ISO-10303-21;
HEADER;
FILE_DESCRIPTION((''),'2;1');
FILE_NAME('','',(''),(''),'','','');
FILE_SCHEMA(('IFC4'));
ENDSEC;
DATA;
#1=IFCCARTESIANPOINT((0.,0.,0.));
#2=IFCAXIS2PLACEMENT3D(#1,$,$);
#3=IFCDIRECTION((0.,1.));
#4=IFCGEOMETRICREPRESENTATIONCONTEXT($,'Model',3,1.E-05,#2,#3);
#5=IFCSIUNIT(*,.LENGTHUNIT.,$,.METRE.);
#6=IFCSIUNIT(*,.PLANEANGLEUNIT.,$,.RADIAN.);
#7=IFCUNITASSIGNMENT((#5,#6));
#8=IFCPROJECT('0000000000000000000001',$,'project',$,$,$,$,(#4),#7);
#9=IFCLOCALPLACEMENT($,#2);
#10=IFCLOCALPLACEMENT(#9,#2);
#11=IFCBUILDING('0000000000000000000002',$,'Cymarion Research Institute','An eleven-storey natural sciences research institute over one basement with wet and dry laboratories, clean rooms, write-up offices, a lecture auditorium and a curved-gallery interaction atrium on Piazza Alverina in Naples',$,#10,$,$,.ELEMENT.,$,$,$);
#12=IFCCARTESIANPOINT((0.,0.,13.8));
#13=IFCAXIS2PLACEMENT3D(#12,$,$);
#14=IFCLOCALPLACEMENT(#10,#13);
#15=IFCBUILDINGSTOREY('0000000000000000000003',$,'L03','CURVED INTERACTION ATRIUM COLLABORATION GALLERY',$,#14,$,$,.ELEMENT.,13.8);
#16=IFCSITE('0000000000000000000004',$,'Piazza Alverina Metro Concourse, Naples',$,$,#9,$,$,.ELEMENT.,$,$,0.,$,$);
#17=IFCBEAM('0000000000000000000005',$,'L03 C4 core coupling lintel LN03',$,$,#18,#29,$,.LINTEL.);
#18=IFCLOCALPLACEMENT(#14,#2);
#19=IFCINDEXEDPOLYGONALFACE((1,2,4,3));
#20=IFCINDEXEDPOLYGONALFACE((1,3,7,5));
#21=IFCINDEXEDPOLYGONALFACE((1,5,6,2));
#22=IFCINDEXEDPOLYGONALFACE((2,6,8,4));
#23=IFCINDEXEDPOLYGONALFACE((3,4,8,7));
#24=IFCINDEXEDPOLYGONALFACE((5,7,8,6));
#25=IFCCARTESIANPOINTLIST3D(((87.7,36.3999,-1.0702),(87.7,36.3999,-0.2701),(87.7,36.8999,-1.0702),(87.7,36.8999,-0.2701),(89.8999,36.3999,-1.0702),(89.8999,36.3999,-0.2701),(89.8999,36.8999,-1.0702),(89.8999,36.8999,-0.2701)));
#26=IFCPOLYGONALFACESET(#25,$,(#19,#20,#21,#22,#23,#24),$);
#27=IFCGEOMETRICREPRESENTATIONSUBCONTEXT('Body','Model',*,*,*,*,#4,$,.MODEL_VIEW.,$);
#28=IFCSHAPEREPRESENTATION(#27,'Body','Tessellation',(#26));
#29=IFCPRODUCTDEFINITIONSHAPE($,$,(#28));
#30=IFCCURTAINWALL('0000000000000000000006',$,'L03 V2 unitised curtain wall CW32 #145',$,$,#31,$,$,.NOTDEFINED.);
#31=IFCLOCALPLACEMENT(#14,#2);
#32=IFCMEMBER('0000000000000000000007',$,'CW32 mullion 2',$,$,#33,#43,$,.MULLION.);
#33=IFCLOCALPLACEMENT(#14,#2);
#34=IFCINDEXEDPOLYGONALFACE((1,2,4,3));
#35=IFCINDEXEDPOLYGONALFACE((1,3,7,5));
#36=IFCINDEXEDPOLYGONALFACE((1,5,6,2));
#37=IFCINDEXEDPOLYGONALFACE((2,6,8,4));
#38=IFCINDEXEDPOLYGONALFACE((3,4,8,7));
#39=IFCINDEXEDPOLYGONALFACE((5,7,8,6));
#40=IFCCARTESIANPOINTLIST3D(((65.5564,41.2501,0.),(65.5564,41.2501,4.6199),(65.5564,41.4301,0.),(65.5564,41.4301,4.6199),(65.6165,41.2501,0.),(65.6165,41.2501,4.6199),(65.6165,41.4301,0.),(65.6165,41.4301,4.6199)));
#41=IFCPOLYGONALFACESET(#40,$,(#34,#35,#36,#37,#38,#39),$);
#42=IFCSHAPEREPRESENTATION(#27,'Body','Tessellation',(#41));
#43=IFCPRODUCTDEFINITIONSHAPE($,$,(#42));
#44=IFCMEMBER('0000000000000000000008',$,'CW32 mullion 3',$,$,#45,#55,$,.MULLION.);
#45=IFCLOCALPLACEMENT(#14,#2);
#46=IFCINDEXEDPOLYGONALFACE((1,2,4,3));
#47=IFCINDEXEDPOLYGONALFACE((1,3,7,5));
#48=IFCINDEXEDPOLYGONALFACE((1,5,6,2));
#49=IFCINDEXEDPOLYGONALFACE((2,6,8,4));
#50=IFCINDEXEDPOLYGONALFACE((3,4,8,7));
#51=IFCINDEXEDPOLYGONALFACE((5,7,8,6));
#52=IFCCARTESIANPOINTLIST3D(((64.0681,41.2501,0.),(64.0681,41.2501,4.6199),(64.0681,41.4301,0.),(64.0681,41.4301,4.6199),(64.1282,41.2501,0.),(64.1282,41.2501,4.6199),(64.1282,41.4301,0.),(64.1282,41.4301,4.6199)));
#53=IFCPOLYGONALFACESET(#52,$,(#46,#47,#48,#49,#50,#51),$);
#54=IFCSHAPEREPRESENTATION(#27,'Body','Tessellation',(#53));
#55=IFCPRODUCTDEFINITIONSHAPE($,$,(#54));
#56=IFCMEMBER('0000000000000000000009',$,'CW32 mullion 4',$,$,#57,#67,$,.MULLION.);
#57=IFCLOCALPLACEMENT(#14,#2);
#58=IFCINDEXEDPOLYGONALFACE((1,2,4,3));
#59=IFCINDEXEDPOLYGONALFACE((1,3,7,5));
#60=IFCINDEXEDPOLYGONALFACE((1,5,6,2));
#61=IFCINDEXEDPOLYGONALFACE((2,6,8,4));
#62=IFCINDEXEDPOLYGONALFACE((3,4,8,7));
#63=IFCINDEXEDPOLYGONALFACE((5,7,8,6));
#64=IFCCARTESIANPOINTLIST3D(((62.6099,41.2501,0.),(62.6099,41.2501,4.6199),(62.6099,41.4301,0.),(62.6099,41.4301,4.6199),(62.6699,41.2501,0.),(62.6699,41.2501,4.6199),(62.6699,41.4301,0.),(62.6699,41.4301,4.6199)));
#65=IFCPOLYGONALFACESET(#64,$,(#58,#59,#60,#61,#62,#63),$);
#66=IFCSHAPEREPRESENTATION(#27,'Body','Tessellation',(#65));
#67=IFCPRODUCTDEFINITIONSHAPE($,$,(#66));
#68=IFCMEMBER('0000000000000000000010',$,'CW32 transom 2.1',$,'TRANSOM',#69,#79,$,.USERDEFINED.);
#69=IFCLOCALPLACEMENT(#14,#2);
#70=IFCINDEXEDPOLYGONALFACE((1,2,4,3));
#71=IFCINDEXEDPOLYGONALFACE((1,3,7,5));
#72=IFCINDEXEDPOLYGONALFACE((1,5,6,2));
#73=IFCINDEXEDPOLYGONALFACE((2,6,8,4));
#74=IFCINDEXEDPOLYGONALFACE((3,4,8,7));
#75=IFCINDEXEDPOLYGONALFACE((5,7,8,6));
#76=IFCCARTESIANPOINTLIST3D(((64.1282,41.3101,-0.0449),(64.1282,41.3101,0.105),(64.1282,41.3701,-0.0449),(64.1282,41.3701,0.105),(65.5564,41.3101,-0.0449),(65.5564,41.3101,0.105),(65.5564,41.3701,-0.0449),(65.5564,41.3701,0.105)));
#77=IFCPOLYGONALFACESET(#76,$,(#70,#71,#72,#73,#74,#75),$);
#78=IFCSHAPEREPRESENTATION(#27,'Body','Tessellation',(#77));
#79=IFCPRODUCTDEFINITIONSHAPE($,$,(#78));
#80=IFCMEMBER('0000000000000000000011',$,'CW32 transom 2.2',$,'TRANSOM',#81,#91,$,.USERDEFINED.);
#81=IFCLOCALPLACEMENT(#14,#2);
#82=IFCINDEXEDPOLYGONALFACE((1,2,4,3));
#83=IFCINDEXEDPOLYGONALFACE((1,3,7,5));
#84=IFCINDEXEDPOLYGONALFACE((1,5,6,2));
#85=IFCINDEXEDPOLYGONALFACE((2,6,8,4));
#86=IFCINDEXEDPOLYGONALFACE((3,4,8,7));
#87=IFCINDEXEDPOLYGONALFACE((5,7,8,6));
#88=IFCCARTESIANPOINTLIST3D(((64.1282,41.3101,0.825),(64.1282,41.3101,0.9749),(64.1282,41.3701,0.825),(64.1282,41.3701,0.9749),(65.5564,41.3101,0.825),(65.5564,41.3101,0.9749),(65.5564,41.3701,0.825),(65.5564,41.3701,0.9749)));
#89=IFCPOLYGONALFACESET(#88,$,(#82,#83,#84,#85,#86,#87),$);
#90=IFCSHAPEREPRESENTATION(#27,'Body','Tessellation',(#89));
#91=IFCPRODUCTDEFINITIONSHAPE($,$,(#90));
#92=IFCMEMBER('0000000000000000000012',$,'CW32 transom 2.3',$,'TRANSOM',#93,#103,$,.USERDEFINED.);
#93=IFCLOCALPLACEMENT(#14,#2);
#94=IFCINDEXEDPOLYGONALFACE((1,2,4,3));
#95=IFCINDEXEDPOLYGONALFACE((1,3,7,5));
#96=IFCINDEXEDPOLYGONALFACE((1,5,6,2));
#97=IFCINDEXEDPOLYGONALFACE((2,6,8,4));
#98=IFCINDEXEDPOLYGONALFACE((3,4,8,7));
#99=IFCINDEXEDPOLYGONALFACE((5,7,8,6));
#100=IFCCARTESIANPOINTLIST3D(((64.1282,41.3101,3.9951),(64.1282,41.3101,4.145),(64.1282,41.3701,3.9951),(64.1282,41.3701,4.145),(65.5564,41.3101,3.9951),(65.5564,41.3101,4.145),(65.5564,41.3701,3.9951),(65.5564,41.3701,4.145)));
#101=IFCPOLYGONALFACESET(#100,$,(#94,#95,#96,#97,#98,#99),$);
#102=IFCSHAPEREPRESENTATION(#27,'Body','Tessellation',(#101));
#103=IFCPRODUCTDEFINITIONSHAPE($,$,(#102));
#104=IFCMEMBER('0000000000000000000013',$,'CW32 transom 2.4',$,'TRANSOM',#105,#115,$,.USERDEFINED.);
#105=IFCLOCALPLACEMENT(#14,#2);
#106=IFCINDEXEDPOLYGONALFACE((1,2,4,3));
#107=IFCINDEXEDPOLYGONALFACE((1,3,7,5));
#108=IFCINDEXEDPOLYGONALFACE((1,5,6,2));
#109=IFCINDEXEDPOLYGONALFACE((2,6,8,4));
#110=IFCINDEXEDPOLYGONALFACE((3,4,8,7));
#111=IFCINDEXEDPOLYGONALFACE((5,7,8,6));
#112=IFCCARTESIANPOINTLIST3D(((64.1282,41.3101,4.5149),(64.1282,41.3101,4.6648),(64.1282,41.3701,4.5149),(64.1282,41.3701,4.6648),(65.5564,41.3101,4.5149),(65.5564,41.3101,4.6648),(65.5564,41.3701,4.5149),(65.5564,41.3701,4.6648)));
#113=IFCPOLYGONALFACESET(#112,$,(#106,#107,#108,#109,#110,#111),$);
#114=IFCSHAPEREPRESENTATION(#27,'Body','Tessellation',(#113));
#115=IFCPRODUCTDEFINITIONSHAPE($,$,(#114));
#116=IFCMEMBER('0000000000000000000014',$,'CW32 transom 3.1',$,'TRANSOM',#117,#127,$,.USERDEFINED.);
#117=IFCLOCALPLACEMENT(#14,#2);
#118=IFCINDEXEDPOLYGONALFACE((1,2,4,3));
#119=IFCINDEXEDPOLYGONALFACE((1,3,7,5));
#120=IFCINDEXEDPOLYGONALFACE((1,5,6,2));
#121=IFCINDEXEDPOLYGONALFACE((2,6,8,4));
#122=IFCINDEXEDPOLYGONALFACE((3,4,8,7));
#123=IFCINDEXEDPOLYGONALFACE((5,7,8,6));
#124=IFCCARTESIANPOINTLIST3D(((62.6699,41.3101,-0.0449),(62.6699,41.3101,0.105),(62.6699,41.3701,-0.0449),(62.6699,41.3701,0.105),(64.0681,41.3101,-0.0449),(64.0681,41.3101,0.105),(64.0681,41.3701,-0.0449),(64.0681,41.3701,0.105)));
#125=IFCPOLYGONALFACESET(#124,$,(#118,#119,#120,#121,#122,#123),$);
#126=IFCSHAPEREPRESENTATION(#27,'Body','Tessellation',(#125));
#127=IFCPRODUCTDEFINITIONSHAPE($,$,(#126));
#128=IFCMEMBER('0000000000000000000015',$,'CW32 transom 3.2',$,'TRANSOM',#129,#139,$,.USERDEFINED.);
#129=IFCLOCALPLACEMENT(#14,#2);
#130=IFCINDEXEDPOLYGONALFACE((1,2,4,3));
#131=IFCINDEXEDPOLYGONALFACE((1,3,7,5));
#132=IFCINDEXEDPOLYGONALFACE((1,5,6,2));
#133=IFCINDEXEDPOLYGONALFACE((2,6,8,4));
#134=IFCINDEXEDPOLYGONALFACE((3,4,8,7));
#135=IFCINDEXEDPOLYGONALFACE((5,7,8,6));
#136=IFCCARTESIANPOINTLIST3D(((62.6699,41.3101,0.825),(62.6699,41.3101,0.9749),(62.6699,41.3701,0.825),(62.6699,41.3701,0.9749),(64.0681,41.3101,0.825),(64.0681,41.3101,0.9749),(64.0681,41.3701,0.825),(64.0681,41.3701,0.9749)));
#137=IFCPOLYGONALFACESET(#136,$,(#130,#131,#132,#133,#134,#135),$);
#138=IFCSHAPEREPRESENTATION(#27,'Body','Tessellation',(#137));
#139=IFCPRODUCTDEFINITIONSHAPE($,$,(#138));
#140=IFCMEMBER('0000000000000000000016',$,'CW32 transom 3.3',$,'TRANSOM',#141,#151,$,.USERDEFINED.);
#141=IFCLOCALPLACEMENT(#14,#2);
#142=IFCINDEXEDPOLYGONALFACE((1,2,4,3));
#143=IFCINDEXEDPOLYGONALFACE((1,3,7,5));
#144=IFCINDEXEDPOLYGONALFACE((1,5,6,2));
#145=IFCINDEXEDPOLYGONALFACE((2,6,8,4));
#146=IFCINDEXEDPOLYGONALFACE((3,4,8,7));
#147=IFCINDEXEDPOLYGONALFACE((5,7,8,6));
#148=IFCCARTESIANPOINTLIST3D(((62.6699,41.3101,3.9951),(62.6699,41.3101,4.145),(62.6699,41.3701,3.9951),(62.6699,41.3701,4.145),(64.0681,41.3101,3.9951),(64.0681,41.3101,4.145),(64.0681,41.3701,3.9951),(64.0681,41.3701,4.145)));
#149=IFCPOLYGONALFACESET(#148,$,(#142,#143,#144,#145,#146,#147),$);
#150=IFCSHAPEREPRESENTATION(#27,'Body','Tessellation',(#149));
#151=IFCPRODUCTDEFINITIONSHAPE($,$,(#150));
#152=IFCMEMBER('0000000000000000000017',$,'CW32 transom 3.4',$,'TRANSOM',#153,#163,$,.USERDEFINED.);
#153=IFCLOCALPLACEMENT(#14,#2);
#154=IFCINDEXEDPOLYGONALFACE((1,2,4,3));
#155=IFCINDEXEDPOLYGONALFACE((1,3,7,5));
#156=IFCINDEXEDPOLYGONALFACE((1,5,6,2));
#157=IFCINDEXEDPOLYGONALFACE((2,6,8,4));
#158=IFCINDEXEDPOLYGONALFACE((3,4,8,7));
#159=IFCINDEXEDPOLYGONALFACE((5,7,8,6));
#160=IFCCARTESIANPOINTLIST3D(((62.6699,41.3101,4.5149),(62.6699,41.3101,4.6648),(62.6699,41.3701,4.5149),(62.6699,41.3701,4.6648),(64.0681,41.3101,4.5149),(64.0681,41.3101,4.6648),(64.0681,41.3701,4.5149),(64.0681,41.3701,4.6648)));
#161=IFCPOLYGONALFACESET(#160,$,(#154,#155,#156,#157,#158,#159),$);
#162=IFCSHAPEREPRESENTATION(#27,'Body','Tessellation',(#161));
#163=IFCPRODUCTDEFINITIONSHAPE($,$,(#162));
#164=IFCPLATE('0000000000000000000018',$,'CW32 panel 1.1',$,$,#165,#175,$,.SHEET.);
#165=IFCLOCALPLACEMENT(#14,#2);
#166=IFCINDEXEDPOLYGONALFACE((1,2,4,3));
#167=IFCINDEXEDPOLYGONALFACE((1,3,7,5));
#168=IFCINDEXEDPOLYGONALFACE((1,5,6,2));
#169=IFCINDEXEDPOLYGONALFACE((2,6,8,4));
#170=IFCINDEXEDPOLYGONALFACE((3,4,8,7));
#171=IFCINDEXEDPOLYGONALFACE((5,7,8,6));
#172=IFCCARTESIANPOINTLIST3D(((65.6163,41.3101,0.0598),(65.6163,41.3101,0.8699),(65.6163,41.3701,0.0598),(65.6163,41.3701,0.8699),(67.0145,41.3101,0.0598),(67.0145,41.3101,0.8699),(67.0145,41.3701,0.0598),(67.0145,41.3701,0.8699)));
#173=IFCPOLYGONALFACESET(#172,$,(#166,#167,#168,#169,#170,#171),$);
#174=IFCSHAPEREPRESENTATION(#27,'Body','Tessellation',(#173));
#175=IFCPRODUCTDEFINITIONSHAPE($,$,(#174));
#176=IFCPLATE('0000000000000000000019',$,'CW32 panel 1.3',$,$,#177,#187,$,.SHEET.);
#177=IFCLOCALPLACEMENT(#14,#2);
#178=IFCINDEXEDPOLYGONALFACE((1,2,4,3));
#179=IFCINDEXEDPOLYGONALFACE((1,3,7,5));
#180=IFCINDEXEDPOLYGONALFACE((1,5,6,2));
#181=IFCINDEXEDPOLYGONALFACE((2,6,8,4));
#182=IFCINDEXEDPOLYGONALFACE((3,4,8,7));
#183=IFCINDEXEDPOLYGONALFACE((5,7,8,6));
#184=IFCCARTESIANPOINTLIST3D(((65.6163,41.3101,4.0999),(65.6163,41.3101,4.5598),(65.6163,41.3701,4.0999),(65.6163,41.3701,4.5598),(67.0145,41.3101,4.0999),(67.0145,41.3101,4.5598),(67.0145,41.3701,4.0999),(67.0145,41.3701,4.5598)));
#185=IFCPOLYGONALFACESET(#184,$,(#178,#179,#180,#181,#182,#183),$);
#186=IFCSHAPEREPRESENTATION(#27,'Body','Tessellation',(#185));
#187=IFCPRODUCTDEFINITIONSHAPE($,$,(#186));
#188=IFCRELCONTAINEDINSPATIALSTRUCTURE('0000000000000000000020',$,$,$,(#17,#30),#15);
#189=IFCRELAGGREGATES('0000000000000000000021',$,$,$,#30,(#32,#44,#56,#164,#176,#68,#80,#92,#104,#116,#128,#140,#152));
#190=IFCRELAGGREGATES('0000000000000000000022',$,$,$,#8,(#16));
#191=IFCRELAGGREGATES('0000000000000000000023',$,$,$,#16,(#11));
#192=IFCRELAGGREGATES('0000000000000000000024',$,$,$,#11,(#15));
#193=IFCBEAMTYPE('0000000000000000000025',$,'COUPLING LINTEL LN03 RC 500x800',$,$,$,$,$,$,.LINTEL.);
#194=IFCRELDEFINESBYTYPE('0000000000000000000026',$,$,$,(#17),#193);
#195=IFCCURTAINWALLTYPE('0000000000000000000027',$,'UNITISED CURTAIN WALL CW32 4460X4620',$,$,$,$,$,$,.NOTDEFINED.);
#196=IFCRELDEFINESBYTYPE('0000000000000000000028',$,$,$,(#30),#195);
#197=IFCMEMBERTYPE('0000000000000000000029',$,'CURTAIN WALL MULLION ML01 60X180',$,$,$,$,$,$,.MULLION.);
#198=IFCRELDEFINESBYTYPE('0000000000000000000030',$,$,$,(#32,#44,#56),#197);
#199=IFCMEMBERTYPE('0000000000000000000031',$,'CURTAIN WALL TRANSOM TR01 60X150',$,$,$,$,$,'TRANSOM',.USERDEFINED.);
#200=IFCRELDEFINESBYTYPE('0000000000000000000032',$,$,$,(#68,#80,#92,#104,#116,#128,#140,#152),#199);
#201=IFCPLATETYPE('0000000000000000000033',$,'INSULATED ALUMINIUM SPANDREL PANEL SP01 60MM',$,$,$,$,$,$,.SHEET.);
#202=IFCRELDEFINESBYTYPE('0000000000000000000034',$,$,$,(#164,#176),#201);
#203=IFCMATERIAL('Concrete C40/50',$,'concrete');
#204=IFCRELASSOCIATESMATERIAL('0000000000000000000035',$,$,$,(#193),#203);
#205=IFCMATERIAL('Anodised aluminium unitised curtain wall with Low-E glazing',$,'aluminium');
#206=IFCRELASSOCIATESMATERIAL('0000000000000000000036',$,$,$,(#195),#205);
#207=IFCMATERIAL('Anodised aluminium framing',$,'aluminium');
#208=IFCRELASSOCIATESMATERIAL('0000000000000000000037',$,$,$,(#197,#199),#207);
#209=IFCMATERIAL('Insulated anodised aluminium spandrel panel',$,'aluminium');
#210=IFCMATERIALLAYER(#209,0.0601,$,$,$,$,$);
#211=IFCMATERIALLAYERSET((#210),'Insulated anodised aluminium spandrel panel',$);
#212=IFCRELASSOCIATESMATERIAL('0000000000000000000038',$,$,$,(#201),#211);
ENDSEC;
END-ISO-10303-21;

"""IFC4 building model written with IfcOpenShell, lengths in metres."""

from ifc_helpers import new_model, si_unit, direction, frame, origin, origin_2d, place, context, subcontext, project, spatial, rectangle, extrude, material, layer, layer_set, material_profile, profile_set, type_object, element, aggregate, save


model = new_model("IFC4")

# Units and contexts
model_context = context("Model", 3, precision=1e-05, world=origin(), true_north=direction((0.0, 1.0)))
body_context = subcontext(model_context, "Body", "Model", "MODEL_VIEW")
ifc_project = project(units=[si_unit("LENGTHUNIT", "METRE"), si_unit("PLANEANGLEUNIT", "RADIAN")], contexts=[model_context])

# Site, building, storey
site_placement = place(None, origin())
site = spatial("IfcSite", under=ifc_project, at=site_placement, Name="Piazza Alverina Metro Concourse, Naples", CompositionType="ELEMENT", RefElevation=0.0)
building_placement = place(site_placement, origin())
building = spatial("IfcBuilding", under=site, at=building_placement, Name="Cymarion Research Institute", Description="An eleven-storey natural sciences research institute over one basement with wet and dry laboratories, clean rooms, write-up offices, a lecture auditorium and a curved-gallery interaction atrium on Piazza Alverina in Naples", CompositionType="ELEMENT")
storey_placement = place(building_placement, frame((0.0, 0.0, 13.8)))
storey = spatial("IfcBuildingStorey", under=building, at=storey_placement, Name="L03", Description="CURVED INTERACTION ATRIUM COLLABORATION GALLERY", CompositionType="ELEMENT", Elevation=13.8)

# Beam
ifc_material_1 = material(Name="Concrete C40/50", Category="concrete")
ifc_material_profile_1 = material_profile(ifc_material_1, rectangle(XDim=0.5, YDim=0.8, at=origin_2d()), Name="RC 500x800")
ifc_profile_set_1 = profile_set([ifc_material_profile_1], Name="Concrete C40/50")
beam_type = type_object("IfcBeamType", Name="COUPLING LINTEL LN03 RC 500x800", PredefinedType="LINTEL", material=ifc_profile_set_1)
beam_placement = place(storey_placement, frame((87.7, 36.6499, -0.6702), z_axis=(1.0, 0.0, 0.0), x_axis=(0.0, 1.0, 0.0)))
element("IfcBeam", 1, at=beam_placement, inside=storey, type_object=beam_type, Name="L03 C4 core coupling lintel LN03", PredefinedType="LINTEL", context=body_context, shape_type="SweptSolid", body=[
    extrude(rectangle(XDim=0.5, YDim=0.8, at=origin_2d()), origin(), (0.0, 0.0, 1.0), 2.2),
])

# Curtain wall, members, plates
ifc_material_2 = material(Name="Anodised aluminium unitised curtain wall with Low-E glazing", Category="aluminium")
curtain_wall_type = type_object("IfcCurtainWallType", Name="UNITISED CURTAIN WALL CW32 4460X4620", PredefinedType="NOTDEFINED", material=ifc_material_2)
curtain_wall_placement = place(storey_placement, origin())
curtain_wall = element("IfcCurtainWall", 2, at=curtain_wall_placement, inside=storey, type_object=curtain_wall_type, Name="L03 V2 unitised curtain wall CW32 #145", PredefinedType="NOTDEFINED")
ifc_material_3 = material(Name="Anodised aluminium framing", Category="aluminium")
ifc_material_profile_2 = material_profile(ifc_material_3, rectangle(XDim=0.0601, YDim=0.1799, at=origin_2d()), Name="ALU MULLION 60x180")
ifc_profile_set_2 = profile_set([ifc_material_profile_2], Name="Anodised aluminium framing")
member_type_1 = type_object("IfcMemberType", Name="CURTAIN WALL MULLION ML01 60X180", PredefinedType="MULLION", material=ifc_profile_set_2)
member_1_placement = place(storey_placement, frame((65.5864, 41.3401, 0.0), z_axis=(0.0, 0.0, 1.0), x_axis=(-1.0, 0.0, 0.0)))
member_1 = element("IfcMember", 3, at=member_1_placement, type_object=member_type_1, Name="CW32 mullion 2", PredefinedType="MULLION", context=body_context, shape_type="SweptSolid", body=[
    extrude(rectangle(XDim=0.0601, YDim=0.1799, at=origin_2d()), origin(), (0.0, 0.0, 1.0), 4.6199),
])
member_2_placement = place(storey_placement, frame((64.0981, 41.3401, 0.0), z_axis=(0.0, 0.0, 1.0), x_axis=(-1.0, 0.0, 0.0)))
member_2 = element("IfcMember", 4, at=member_2_placement, type_object=member_type_1, Name="CW32 mullion 3", PredefinedType="MULLION", context=body_context, shape_type="SweptSolid", body=[
    extrude(rectangle(XDim=0.0601, YDim=0.1799, at=origin_2d()), origin(), (0.0, 0.0, 1.0), 4.6199),
])
member_3_placement = place(storey_placement, frame((62.6399, 41.3401, 0.0), z_axis=(0.0, 0.0, 1.0), x_axis=(-1.0, 0.0, 0.0)))
member_3 = element("IfcMember", 5, at=member_3_placement, type_object=member_type_1, Name="CW32 mullion 4", PredefinedType="MULLION", context=body_context, shape_type="SweptSolid", body=[
    extrude(rectangle(XDim=0.0601, YDim=0.1799, at=origin_2d()), origin(), (0.0, 0.0, 1.0), 4.6199),
])
ifc_material_profile_3 = material_profile(ifc_material_3, rectangle(XDim=0.0601, YDim=0.1499, at=origin_2d()), Name="ALU TRANSOM 60x150")
ifc_profile_set_3 = profile_set([ifc_material_profile_3], Name="Anodised aluminium framing")
member_type_2 = type_object("IfcMemberType", Name="CURTAIN WALL TRANSOM TR01 60X150", ElementType="TRANSOM", PredefinedType="USERDEFINED", material=ifc_profile_set_3)
member_4_placement = place(storey_placement, frame((65.5564, 41.3401, 0.03), z_axis=(-1.0, 0.0, 0.0), x_axis=(0.0, -1.0, 0.0)))
member_4 = element("IfcMember", 6, at=member_4_placement, type_object=member_type_2, Name="CW32 transom 2.1", ObjectType="TRANSOM", PredefinedType="USERDEFINED", context=body_context, shape_type="SweptSolid", body=[
    extrude(rectangle(XDim=0.0601, YDim=0.1499, at=origin_2d()), origin(), (0.0, 0.0, 1.0), 1.4282),
])
member_5_placement = place(storey_placement, frame((65.5564, 41.3401, 0.8999), z_axis=(-1.0, 0.0, 0.0), x_axis=(0.0, -1.0, 0.0)))
member_5 = element("IfcMember", 7, at=member_5_placement, type_object=member_type_2, Name="CW32 transom 2.2", ObjectType="TRANSOM", PredefinedType="USERDEFINED", context=body_context, shape_type="SweptSolid", body=[
    extrude(rectangle(XDim=0.0601, YDim=0.1499, at=origin_2d()), origin(), (0.0, 0.0, 1.0), 1.4282),
])
member_6_placement = place(storey_placement, frame((65.5564, 41.3401, 4.0701), z_axis=(-1.0, 0.0, 0.0), x_axis=(0.0, -1.0, 0.0)))
member_6 = element("IfcMember", 8, at=member_6_placement, type_object=member_type_2, Name="CW32 transom 2.3", ObjectType="TRANSOM", PredefinedType="USERDEFINED", context=body_context, shape_type="SweptSolid", body=[
    extrude(rectangle(XDim=0.0601, YDim=0.1499, at=origin_2d()), origin(), (0.0, 0.0, 1.0), 1.4282),
])
member_7_placement = place(storey_placement, frame((65.5564, 41.3401, 4.5898), z_axis=(-1.0, 0.0, 0.0), x_axis=(0.0, -1.0, 0.0)))
member_7 = element("IfcMember", 9, at=member_7_placement, type_object=member_type_2, Name="CW32 transom 2.4", ObjectType="TRANSOM", PredefinedType="USERDEFINED", context=body_context, shape_type="SweptSolid", body=[
    extrude(rectangle(XDim=0.0601, YDim=0.1499, at=origin_2d()), origin(), (0.0, 0.0, 1.0), 1.4282),
])
member_8_placement = place(storey_placement, frame((64.0681, 41.3401, 0.03), z_axis=(-1.0, 0.0, 0.0), x_axis=(0.0, -1.0, 0.0)))
member_8 = element("IfcMember", 10, at=member_8_placement, type_object=member_type_2, Name="CW32 transom 3.1", ObjectType="TRANSOM", PredefinedType="USERDEFINED", context=body_context, shape_type="SweptSolid", body=[
    extrude(rectangle(XDim=0.0601, YDim=0.1499, at=origin_2d()), origin(), (0.0, 0.0, 1.0), 1.3982),
])
member_9_placement = place(storey_placement, frame((64.0681, 41.3401, 0.8999), z_axis=(-1.0, 0.0, 0.0), x_axis=(0.0, -1.0, 0.0)))
member_9 = element("IfcMember", 11, at=member_9_placement, type_object=member_type_2, Name="CW32 transom 3.2", ObjectType="TRANSOM", PredefinedType="USERDEFINED", context=body_context, shape_type="SweptSolid", body=[
    extrude(rectangle(XDim=0.0601, YDim=0.1499, at=origin_2d()), origin(), (0.0, 0.0, 1.0), 1.3982),
])
member_10_placement = place(storey_placement, frame((64.0681, 41.3401, 4.0701), z_axis=(-1.0, 0.0, 0.0), x_axis=(0.0, -1.0, 0.0)))
member_10 = element("IfcMember", 12, at=member_10_placement, type_object=member_type_2, Name="CW32 transom 3.3", ObjectType="TRANSOM", PredefinedType="USERDEFINED", context=body_context, shape_type="SweptSolid", body=[
    extrude(rectangle(XDim=0.0601, YDim=0.1499, at=origin_2d()), origin(), (0.0, 0.0, 1.0), 1.3982),
])
member_11_placement = place(storey_placement, frame((64.0681, 41.3401, 4.5898), z_axis=(-1.0, 0.0, 0.0), x_axis=(0.0, -1.0, 0.0)))
member_11 = element("IfcMember", 13, at=member_11_placement, type_object=member_type_2, Name="CW32 transom 3.4", ObjectType="TRANSOM", PredefinedType="USERDEFINED", context=body_context, shape_type="SweptSolid", body=[
    extrude(rectangle(XDim=0.0601, YDim=0.1499, at=origin_2d()), origin(), (0.0, 0.0, 1.0), 1.3982),
])
ifc_material_4 = material(Name="Insulated anodised aluminium spandrel panel", Category="aluminium")
ifc_layer_1 = layer(ifc_material_4, 0.0601)
ifc_layer_set_1 = layer_set([ifc_layer_1], Name="Insulated anodised aluminium spandrel panel")
plate_type_1 = type_object("IfcPlateType", Name="INSULATED ALUMINIUM SPANDREL PANEL SP01 60MM", PredefinedType="SHEET", material=ifc_layer_set_1)
plate_1_placement = place(storey_placement, frame((66.3154, 41.3401, 0.0598), z_axis=(0.0, 0.0, 1.0), x_axis=(-1.0, 0.0, 0.0)))
plate_1 = element("IfcPlate", 14, at=plate_1_placement, type_object=plate_type_1, Name="CW32 panel 1.1", PredefinedType="SHEET", context=body_context, shape_type="SweptSolid", body=[
    extrude(rectangle(XDim=1.3982, YDim=0.0601, at=origin_2d()), origin(), (0.0, 0.0, 1.0), 0.8101),
])
plate_2_placement = place(storey_placement, frame((66.3154, 41.3401, 4.0999), z_axis=(0.0, 0.0, 1.0), x_axis=(-1.0, 0.0, 0.0)))
plate_2 = element("IfcPlate", 15, at=plate_2_placement, type_object=plate_type_1, Name="CW32 panel 1.3", PredefinedType="SHEET", context=body_context, shape_type="SweptSolid", body=[
    extrude(rectangle(XDim=1.3982, YDim=0.0601, at=origin_2d()), origin(), (0.0, 0.0, 1.0), 0.46),
])
aggregate(curtain_wall, [member_1, member_2, member_3, plate_1, plate_2, member_4, member_5, member_6, member_7, member_8, member_9, member_10, member_11])

save(model, "model.ifc")
